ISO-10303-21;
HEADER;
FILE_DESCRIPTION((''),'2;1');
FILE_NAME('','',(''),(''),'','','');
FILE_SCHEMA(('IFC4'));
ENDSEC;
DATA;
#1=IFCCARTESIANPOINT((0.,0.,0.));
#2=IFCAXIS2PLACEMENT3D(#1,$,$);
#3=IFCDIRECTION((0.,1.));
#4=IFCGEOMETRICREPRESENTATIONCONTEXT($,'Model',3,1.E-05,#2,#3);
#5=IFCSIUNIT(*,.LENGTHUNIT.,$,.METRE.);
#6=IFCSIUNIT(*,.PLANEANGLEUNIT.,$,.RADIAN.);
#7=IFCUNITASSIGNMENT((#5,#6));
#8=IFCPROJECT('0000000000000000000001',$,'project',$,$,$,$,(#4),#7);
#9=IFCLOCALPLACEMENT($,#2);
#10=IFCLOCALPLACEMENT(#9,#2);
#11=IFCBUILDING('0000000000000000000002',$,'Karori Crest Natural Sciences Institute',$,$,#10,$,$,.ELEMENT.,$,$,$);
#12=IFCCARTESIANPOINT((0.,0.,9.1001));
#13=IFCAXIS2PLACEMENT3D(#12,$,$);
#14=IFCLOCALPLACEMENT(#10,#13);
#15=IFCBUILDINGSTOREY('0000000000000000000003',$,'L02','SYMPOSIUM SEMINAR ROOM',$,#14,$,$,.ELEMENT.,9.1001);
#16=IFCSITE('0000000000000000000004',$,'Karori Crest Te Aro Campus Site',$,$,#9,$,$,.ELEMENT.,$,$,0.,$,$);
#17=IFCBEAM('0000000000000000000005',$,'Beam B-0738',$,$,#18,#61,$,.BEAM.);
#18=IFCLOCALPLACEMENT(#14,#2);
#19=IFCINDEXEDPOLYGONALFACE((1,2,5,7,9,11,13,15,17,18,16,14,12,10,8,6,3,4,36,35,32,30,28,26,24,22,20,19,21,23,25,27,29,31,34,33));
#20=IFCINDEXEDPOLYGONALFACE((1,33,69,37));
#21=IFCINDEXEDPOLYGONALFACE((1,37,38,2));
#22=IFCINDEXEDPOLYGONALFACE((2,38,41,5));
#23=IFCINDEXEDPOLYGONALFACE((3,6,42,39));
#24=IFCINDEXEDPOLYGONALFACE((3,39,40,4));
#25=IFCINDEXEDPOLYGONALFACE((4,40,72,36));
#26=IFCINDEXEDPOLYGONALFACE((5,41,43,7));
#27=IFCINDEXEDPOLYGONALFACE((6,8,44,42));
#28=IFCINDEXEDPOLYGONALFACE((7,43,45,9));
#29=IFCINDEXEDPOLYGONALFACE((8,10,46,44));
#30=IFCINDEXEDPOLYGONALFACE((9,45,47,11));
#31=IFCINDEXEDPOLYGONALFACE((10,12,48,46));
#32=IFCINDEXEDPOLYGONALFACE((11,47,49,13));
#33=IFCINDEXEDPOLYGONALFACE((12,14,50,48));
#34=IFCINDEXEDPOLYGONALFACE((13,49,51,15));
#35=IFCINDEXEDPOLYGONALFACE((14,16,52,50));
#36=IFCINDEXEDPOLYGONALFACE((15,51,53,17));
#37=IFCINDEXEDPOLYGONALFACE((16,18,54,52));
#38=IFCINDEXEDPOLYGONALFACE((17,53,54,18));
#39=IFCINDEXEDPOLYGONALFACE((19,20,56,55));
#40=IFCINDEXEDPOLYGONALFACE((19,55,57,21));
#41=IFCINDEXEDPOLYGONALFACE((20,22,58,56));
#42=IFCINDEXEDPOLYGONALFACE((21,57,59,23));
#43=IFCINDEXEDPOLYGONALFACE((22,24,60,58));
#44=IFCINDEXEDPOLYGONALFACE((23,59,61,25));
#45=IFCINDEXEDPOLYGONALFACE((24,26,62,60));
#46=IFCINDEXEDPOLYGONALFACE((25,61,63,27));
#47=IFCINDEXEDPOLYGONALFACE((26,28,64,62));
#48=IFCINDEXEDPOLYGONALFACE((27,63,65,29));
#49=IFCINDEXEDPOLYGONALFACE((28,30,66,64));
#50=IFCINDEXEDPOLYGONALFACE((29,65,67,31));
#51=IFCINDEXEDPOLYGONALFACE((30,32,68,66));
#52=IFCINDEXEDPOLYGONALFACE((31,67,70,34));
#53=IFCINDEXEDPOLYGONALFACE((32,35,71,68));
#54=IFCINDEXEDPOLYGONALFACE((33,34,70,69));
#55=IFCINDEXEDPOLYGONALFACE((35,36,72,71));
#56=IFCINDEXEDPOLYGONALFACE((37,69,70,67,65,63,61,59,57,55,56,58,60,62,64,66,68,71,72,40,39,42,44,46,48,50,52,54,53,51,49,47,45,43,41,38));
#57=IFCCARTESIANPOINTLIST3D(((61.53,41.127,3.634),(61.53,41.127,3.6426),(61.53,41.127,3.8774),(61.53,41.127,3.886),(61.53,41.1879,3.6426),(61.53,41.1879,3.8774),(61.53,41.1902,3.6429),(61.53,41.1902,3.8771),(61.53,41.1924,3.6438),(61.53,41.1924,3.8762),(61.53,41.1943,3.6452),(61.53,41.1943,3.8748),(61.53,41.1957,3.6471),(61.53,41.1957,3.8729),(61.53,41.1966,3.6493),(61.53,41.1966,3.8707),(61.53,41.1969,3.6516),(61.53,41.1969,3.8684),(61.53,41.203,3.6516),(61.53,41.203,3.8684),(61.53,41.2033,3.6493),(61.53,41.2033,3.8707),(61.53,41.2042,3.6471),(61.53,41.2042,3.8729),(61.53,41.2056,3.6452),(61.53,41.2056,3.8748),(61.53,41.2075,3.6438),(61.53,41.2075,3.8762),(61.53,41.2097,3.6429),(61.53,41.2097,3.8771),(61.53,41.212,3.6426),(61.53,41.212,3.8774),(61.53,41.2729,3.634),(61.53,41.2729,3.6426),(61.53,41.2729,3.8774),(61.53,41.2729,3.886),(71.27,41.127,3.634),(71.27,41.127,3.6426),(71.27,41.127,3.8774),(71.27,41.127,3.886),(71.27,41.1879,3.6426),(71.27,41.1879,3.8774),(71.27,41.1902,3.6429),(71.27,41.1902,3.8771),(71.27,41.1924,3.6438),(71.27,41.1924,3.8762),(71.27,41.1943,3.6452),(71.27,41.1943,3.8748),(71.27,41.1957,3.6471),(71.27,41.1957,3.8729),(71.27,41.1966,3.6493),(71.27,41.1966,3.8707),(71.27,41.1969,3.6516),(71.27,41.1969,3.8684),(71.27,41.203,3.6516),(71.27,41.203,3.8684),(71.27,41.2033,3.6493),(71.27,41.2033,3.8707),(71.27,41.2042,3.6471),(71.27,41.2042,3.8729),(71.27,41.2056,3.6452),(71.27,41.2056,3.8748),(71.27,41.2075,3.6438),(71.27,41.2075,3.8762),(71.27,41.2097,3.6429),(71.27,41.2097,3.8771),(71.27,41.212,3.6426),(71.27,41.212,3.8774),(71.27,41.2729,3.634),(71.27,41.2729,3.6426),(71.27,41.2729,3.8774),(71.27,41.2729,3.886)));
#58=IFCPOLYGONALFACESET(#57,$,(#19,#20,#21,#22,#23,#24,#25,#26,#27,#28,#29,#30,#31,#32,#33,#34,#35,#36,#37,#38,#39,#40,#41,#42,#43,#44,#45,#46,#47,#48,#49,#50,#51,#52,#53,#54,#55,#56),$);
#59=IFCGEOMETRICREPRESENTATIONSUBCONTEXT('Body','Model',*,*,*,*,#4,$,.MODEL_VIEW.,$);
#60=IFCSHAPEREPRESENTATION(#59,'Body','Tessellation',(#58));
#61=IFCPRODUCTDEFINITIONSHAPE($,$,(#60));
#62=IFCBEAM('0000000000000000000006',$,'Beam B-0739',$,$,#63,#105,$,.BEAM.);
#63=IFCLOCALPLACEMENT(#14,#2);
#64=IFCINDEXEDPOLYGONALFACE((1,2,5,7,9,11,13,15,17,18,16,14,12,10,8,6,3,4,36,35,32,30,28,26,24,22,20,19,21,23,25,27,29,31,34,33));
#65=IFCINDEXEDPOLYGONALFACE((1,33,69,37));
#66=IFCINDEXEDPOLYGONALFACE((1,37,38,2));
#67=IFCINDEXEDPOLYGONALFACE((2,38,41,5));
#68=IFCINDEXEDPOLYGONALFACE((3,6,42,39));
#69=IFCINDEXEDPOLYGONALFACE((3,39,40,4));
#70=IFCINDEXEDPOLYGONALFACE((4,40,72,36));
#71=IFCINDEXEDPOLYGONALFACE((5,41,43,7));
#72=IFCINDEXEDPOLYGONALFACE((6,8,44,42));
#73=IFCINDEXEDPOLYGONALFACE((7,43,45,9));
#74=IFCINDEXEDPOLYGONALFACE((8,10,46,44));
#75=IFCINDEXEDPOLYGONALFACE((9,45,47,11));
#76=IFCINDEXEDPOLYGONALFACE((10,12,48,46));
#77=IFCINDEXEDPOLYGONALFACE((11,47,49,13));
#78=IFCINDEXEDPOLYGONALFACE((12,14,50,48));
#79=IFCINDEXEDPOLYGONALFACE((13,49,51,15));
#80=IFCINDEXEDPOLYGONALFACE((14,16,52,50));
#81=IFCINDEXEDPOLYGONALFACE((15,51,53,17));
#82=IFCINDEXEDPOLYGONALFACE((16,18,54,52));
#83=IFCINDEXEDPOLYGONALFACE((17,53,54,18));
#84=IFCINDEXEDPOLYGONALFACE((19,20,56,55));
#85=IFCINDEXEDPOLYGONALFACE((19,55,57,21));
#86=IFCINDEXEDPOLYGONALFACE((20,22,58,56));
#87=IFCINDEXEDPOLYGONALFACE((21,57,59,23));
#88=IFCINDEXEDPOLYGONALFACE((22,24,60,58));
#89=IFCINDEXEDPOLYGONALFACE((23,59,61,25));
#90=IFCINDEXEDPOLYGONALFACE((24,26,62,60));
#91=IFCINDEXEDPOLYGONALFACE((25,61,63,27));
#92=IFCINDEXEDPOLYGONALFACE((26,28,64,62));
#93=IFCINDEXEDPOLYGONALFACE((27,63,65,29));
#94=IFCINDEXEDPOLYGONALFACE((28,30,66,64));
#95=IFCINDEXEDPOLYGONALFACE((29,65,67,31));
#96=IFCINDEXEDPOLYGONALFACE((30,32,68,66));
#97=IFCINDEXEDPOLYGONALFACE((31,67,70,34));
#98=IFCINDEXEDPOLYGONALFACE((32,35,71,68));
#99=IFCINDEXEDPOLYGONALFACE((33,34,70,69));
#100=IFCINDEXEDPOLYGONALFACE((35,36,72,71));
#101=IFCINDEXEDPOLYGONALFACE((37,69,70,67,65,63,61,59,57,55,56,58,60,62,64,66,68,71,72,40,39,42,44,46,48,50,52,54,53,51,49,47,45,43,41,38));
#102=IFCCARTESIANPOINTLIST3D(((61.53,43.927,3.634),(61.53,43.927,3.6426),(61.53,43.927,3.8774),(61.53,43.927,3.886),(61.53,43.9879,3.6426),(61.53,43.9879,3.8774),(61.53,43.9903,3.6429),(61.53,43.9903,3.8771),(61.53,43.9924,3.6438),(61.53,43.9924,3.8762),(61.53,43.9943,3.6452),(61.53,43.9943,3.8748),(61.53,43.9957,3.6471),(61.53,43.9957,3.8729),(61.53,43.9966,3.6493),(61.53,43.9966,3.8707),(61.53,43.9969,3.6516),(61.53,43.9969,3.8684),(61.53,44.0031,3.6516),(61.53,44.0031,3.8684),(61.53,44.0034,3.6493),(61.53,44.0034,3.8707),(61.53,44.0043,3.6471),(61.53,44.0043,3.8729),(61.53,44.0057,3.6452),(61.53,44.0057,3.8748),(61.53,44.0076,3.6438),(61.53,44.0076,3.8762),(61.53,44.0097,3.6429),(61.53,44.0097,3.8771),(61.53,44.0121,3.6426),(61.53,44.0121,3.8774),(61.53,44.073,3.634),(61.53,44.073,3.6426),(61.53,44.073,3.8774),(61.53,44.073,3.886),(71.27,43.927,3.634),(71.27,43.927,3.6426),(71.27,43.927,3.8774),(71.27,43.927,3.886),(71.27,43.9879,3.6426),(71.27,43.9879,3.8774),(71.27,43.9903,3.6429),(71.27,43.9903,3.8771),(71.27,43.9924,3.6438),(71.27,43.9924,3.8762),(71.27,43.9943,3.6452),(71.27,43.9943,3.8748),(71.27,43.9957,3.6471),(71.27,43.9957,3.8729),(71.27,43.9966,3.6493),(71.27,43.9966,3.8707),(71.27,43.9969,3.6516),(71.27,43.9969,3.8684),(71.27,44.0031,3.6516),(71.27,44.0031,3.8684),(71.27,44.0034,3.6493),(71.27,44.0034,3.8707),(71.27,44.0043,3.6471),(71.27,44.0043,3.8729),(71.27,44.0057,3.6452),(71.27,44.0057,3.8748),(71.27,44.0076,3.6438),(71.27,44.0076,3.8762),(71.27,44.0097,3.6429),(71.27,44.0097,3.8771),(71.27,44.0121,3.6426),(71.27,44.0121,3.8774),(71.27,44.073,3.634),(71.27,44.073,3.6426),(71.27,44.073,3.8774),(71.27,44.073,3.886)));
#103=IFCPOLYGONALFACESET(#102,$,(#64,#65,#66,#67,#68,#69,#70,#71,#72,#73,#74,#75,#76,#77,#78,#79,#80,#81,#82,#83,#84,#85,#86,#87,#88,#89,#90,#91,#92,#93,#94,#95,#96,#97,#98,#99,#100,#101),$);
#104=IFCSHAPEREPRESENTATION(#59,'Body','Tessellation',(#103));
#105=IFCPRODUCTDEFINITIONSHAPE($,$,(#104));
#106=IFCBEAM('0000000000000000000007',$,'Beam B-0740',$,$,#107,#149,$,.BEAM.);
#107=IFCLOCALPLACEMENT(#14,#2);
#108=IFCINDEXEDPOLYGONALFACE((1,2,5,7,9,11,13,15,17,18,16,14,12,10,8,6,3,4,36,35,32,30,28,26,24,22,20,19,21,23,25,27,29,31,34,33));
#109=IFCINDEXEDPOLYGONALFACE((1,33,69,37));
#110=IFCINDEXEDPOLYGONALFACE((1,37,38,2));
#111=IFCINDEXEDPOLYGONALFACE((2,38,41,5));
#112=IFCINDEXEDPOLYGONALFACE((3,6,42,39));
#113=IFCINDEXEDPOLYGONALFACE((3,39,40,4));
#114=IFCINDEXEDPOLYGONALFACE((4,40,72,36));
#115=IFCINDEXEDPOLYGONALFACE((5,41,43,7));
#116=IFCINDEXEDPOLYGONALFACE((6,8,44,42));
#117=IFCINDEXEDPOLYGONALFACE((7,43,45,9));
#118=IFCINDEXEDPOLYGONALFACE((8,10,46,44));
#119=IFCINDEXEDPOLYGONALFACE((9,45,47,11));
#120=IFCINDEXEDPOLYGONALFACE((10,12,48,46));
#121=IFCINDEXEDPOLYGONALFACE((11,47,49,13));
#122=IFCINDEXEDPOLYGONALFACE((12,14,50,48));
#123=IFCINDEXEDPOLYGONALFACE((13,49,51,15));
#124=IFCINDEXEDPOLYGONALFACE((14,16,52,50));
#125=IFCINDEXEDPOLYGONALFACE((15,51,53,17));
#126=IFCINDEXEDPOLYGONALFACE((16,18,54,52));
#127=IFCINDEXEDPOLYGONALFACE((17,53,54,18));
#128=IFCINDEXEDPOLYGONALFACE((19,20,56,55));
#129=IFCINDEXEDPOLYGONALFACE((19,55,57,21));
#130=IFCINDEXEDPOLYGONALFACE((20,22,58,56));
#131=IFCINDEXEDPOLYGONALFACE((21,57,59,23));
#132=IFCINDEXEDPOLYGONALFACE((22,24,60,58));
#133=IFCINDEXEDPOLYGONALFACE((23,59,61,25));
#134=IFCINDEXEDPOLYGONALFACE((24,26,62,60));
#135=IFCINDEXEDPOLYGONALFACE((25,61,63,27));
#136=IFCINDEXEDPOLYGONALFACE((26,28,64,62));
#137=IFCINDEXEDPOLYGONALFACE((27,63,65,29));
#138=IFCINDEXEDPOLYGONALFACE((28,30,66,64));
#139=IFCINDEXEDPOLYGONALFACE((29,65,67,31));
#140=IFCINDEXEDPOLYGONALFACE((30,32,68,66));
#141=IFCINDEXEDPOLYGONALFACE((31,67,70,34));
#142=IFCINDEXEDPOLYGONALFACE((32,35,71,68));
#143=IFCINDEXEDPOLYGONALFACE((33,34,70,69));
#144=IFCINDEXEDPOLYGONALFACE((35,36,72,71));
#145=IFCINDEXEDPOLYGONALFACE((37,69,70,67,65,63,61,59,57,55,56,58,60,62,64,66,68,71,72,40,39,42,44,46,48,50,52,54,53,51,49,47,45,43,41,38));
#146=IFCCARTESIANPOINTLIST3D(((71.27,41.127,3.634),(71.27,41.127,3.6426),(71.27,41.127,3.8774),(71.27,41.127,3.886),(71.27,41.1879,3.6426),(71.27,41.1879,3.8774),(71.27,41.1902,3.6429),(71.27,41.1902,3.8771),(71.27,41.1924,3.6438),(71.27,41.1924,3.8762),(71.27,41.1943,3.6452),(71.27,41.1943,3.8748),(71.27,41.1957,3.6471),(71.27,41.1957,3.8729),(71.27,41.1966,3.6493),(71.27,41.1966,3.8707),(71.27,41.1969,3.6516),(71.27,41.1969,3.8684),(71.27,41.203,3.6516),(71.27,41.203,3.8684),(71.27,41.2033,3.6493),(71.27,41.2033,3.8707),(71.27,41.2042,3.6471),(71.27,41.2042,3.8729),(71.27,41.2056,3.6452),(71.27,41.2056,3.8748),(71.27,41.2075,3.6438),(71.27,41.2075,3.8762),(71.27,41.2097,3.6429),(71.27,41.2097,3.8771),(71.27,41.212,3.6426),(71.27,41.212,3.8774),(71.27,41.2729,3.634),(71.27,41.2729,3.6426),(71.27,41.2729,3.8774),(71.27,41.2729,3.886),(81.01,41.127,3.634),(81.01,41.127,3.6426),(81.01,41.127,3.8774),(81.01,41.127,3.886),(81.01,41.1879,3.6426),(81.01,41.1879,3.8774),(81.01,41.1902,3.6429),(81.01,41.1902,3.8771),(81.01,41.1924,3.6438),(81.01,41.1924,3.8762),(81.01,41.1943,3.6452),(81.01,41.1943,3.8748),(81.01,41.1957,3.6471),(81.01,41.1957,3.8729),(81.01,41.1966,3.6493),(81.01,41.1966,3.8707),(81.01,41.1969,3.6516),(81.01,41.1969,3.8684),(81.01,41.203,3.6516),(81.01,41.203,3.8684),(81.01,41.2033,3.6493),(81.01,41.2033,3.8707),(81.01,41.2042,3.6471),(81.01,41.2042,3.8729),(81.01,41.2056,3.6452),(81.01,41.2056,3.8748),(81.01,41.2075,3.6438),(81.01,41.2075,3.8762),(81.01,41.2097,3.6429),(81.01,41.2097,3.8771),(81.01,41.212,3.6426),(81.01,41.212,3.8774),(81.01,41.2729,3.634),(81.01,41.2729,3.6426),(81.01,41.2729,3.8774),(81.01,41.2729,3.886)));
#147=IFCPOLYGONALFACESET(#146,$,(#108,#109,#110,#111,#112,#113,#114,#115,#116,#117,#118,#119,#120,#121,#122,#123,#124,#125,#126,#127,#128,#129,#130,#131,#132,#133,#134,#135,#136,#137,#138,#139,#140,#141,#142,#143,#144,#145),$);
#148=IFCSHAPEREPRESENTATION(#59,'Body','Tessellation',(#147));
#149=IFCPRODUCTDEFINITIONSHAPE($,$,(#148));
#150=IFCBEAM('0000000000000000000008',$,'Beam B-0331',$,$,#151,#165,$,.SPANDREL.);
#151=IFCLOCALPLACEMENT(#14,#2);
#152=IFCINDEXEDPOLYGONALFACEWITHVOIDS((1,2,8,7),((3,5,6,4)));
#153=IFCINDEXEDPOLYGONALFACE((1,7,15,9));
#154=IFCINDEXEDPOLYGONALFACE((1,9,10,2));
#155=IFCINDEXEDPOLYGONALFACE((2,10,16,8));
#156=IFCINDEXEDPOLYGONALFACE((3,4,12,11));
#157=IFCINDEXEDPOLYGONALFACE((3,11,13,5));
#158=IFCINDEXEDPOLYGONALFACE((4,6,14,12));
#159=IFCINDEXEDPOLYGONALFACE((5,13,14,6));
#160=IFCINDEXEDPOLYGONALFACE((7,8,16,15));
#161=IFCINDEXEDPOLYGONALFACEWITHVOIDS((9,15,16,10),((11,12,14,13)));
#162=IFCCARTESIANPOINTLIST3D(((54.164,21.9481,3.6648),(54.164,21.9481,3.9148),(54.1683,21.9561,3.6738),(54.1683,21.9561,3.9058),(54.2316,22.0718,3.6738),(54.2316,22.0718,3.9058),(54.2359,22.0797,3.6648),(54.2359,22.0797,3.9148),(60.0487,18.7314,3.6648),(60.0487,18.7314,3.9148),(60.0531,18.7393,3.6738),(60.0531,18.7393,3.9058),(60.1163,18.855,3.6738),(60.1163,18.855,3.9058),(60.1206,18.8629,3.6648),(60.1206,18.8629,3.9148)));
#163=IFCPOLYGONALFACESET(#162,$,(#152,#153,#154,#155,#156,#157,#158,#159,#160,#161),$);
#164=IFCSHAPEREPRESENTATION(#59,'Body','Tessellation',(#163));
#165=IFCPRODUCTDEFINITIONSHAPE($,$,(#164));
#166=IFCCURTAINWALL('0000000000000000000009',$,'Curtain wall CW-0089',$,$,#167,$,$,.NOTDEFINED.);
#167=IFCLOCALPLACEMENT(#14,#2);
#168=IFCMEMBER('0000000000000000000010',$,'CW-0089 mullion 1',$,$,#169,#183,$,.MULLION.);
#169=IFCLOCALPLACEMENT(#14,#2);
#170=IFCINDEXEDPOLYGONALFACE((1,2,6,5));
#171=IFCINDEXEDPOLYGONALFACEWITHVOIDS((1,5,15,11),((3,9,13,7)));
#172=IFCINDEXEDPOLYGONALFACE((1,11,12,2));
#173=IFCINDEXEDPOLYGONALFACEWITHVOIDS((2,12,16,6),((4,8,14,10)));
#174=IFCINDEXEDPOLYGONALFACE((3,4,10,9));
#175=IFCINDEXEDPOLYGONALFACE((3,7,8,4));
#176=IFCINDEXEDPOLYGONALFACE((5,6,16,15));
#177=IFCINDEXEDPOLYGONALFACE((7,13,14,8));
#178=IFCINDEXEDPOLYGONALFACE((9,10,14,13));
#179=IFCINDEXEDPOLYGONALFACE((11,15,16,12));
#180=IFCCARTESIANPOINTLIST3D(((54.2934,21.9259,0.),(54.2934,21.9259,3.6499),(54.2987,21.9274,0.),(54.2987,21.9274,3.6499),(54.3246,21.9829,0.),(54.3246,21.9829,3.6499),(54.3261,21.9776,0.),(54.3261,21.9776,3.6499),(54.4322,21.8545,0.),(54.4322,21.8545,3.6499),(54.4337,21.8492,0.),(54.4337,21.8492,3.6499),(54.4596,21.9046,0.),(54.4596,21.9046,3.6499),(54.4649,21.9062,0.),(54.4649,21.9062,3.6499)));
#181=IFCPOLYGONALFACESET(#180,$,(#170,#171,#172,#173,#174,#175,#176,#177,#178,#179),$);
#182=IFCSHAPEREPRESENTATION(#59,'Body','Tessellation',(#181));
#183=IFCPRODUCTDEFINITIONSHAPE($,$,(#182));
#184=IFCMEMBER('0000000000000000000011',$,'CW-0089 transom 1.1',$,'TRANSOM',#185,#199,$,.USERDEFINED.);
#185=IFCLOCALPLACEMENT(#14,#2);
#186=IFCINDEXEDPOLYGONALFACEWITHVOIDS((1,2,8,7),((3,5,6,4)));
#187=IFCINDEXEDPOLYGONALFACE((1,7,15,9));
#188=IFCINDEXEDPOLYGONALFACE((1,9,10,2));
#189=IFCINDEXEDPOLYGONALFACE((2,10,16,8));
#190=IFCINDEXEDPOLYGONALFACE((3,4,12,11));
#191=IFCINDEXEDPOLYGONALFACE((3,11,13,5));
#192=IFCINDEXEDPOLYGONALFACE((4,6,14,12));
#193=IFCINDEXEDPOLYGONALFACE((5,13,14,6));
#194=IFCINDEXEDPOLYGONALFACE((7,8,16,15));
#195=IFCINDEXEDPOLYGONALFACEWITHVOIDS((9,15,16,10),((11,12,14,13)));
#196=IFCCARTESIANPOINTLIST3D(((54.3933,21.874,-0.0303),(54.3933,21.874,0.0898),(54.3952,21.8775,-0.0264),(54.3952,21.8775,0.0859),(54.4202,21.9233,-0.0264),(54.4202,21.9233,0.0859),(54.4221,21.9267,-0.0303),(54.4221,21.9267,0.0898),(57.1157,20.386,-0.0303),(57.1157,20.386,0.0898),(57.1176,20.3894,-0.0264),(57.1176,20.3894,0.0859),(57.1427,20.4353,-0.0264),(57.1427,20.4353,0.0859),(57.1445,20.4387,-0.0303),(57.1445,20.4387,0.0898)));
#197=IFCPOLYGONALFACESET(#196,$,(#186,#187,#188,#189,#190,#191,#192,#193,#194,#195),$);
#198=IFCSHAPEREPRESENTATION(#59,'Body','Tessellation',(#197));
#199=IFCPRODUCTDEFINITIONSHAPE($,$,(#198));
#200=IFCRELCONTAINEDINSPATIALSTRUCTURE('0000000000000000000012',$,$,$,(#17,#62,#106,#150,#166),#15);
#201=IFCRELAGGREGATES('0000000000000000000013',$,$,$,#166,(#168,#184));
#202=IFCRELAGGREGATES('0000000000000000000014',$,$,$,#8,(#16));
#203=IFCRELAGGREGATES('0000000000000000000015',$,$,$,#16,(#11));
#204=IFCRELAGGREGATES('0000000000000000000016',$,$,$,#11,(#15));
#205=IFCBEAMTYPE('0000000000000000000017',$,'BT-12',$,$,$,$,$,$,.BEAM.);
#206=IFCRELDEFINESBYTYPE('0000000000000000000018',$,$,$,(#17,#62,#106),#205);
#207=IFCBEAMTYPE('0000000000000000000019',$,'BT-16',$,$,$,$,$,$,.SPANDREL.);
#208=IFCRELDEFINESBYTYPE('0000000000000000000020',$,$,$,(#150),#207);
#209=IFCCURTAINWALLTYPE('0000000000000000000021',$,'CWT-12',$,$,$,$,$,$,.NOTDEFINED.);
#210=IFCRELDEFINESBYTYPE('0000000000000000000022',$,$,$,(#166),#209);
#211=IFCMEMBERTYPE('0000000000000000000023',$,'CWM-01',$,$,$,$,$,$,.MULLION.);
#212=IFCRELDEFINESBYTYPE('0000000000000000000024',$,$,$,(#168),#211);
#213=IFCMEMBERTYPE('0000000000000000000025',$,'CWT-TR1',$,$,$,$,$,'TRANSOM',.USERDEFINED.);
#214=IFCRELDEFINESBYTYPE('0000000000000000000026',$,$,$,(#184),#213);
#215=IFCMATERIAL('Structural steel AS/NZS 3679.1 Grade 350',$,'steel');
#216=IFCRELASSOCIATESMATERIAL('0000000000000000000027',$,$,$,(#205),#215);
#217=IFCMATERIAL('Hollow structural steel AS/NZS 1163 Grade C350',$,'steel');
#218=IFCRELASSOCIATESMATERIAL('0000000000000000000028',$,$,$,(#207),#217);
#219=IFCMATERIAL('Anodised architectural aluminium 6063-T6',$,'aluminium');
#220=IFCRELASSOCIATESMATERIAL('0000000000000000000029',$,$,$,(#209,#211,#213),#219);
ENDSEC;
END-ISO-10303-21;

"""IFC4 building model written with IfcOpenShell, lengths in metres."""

from ifc_helpers import new_model, si_unit, direction, frame, origin, origin_2d, place, context, subcontext, project, spatial, hollow_rectangle, i_section, extrude, material, material_profile, profile_set, type_object, element, aggregate, save


model = new_model("IFC4")

# Units and contexts
model_context = context("Model", 3, precision=1e-05, world=origin(), true_north=direction((0.0, 1.0)))
body_context = subcontext(model_context, "Body", "Model", "MODEL_VIEW")
ifc_project = project(units=[si_unit("LENGTHUNIT", "METRE"), si_unit("PLANEANGLEUNIT", "RADIAN")], contexts=[model_context])

# Site, building, storey
site_placement = place(None, origin())
site = spatial("IfcSite", under=ifc_project, at=site_placement, Name="Karori Crest Te Aro Campus Site", CompositionType="ELEMENT", RefElevation=0.0)
building_placement = place(site_placement, origin())
building = spatial("IfcBuilding", under=site, at=building_placement, Name="Karori Crest Natural Sciences Institute", CompositionType="ELEMENT")
storey_placement = place(building_placement, frame((0.0, 0.0, 9.1001)))
storey = spatial("IfcBuildingStorey", under=building, at=storey_placement, Name="L02", Description="SYMPOSIUM SEMINAR ROOM", CompositionType="ELEMENT", Elevation=9.1001)

# Shared definitions
ifc_material_1 = material(Name="Hollow structural steel AS/NZS 1163 Grade C350", Category="steel")
ifc_material_2 = material(Name="Structural steel AS/NZS 3679.1 Grade 350", Category="steel")

# Beams
ifc_material_profile_1 = material_profile(ifc_material_2, i_section(OverallWidth=0.146, OverallDepth=0.252, WebThickness=0.0061, FlangeThickness=0.0085, FilletRadius=0.009, at=origin_2d()), Name="250UB31.4")
ifc_profile_set_1 = profile_set([ifc_material_profile_1], Name="Structural steel AS/NZS 3679.1 Grade 350")
beam_type_1 = type_object("IfcBeamType", Name="BT-12", PredefinedType="BEAM", material=ifc_profile_set_1)
for number, where, z_axis, x_axis, name in (
    (1, (61.53, 41.2, 3.76), (1.0, 0.0, 0.0), (0.0, 1.0, 0.0), "Beam B-0738"),
    (2, (61.53, 44.0, 3.76), (1.0, 0.0, 0.0), (0.0, 1.0, 0.0), "Beam B-0739"),
    (3, (71.27, 41.2, 3.76), (1.0, 0.0, 0.0), (0.0, 1.0, 0.0), "Beam B-0740"),
):
    element("IfcBeam", number, at=place(storey_placement, frame(where, z_axis=z_axis, x_axis=x_axis)), inside=storey, type_object=beam_type_1, Name=name, PredefinedType="BEAM", context=body_context, shape_type="SweptSolid", body=[
        extrude(i_section(OverallWidth=0.146, OverallDepth=0.252, WebThickness=0.0061, FlangeThickness=0.0085, FilletRadius=0.009, at=origin_2d()), origin(), (0.0, 0.0, 1.0), 9.74),
    ])
ifc_material_profile_2 = material_profile(ifc_material_1, hollow_rectangle(XDim=0.1499, YDim=0.25, WallThickness=0.009, at=origin_2d()), Name="RHS250x150x9")
ifc_profile_set_2 = profile_set([ifc_material_profile_2], Name="Hollow structural steel AS/NZS 1163 Grade C350")
beam_type_2 = type_object("IfcBeamType", Name="BT-16", PredefinedType="SPANDREL", material=ifc_profile_set_2)
beam_1_placement = place(storey_placement, frame((54.2, 22.0139, 3.7898), z_axis=(0.877461, -0.479648, 0.0), x_axis=(0.479648, 0.877461, 0.0)))
element("IfcBeam", 4, at=beam_1_placement, inside=storey, type_object=beam_type_2, Name="Beam B-0331", PredefinedType="SPANDREL", context=body_context, shape_type="SweptSolid", body=[
    extrude(hollow_rectangle(XDim=0.1499, YDim=0.25, WallThickness=0.009, at=origin_2d()), origin(), (0.0, 0.0, 1.0), 6.7065),
])

# Curtain wall, members
ifc_material_3 = material(Name="Anodised architectural aluminium 6063-T6", Category="aluminium")
curtain_wall_type = type_object("IfcCurtainWallType", Name="CWT-12", PredefinedType="NOTDEFINED", material=ifc_material_3)
curtain_wall_placement = place(storey_placement, origin())
curtain_wall = element("IfcCurtainWall", 5, at=curtain_wall_placement, inside=storey, type_object=curtain_wall_type, Name="Curtain wall CW-0089", PredefinedType="NOTDEFINED")
ifc_material_profile_3 = material_profile(ifc_material_3, hollow_rectangle(XDim=0.0649, YDim=0.1599, WallThickness=0.0039, at=origin_2d()), Name="CWM160x65x4")
ifc_profile_set_3 = profile_set([ifc_material_profile_3], Name="Anodised architectural aluminium 6063-T6")
member_type_1 = type_object("IfcMemberType", Name="CWM-01", PredefinedType="MULLION", material=ifc_profile_set_3)
member_1_placement = place(storey_placement, frame((54.3792, 21.916, 0.0), z_axis=(0.0, 0.0, 1.0), x_axis=(0.479643, 0.877464, 0.0)))
member_1 = element("IfcMember", 6, at=member_1_placement, type_object=member_type_1, Name="CW-0089 mullion 1", PredefinedType="MULLION", context=body_context, shape_type="SweptSolid", body=[
    extrude(hollow_rectangle(XDim=0.0649, YDim=0.1599, WallThickness=0.0039, at=origin_2d()), origin(), (0.0, 0.0, 1.0), 3.6499),
])
ifc_material_profile_4 = material_profile(ifc_material_3, hollow_rectangle(XDim=0.0601, YDim=0.1201, WallThickness=0.0039, at=origin_2d()), Name="CWT120x60x4")
ifc_profile_set_4 = profile_set([ifc_material_profile_4], Name="Anodised architectural aluminium 6063-T6")
member_type_2 = type_object("IfcMemberType", Name="CWT-TR1", ElementType="TRANSOM", PredefinedType="USERDEFINED", material=ifc_profile_set_4)
member_2_placement = place(storey_placement, frame((54.4077, 21.9004, 0.0298), z_axis=(0.877477, -0.479618, 0.0), x_axis=(0.479618, 0.877477, 0.0)))
member_2 = element("IfcMember", 7, at=member_2_placement, type_object=member_type_2, Name="CW-0089 transom 1.1", ObjectType="TRANSOM", PredefinedType="USERDEFINED", context=body_context, shape_type="SweptSolid", body=[
    extrude(hollow_rectangle(XDim=0.0601, YDim=0.1201, WallThickness=0.0039, at=origin_2d()), origin(), (0.0, 0.0, 1.0), 3.1025),
])

aggregate(curtain_wall, [member_1, member_2])

save(model, "model.ifc")
